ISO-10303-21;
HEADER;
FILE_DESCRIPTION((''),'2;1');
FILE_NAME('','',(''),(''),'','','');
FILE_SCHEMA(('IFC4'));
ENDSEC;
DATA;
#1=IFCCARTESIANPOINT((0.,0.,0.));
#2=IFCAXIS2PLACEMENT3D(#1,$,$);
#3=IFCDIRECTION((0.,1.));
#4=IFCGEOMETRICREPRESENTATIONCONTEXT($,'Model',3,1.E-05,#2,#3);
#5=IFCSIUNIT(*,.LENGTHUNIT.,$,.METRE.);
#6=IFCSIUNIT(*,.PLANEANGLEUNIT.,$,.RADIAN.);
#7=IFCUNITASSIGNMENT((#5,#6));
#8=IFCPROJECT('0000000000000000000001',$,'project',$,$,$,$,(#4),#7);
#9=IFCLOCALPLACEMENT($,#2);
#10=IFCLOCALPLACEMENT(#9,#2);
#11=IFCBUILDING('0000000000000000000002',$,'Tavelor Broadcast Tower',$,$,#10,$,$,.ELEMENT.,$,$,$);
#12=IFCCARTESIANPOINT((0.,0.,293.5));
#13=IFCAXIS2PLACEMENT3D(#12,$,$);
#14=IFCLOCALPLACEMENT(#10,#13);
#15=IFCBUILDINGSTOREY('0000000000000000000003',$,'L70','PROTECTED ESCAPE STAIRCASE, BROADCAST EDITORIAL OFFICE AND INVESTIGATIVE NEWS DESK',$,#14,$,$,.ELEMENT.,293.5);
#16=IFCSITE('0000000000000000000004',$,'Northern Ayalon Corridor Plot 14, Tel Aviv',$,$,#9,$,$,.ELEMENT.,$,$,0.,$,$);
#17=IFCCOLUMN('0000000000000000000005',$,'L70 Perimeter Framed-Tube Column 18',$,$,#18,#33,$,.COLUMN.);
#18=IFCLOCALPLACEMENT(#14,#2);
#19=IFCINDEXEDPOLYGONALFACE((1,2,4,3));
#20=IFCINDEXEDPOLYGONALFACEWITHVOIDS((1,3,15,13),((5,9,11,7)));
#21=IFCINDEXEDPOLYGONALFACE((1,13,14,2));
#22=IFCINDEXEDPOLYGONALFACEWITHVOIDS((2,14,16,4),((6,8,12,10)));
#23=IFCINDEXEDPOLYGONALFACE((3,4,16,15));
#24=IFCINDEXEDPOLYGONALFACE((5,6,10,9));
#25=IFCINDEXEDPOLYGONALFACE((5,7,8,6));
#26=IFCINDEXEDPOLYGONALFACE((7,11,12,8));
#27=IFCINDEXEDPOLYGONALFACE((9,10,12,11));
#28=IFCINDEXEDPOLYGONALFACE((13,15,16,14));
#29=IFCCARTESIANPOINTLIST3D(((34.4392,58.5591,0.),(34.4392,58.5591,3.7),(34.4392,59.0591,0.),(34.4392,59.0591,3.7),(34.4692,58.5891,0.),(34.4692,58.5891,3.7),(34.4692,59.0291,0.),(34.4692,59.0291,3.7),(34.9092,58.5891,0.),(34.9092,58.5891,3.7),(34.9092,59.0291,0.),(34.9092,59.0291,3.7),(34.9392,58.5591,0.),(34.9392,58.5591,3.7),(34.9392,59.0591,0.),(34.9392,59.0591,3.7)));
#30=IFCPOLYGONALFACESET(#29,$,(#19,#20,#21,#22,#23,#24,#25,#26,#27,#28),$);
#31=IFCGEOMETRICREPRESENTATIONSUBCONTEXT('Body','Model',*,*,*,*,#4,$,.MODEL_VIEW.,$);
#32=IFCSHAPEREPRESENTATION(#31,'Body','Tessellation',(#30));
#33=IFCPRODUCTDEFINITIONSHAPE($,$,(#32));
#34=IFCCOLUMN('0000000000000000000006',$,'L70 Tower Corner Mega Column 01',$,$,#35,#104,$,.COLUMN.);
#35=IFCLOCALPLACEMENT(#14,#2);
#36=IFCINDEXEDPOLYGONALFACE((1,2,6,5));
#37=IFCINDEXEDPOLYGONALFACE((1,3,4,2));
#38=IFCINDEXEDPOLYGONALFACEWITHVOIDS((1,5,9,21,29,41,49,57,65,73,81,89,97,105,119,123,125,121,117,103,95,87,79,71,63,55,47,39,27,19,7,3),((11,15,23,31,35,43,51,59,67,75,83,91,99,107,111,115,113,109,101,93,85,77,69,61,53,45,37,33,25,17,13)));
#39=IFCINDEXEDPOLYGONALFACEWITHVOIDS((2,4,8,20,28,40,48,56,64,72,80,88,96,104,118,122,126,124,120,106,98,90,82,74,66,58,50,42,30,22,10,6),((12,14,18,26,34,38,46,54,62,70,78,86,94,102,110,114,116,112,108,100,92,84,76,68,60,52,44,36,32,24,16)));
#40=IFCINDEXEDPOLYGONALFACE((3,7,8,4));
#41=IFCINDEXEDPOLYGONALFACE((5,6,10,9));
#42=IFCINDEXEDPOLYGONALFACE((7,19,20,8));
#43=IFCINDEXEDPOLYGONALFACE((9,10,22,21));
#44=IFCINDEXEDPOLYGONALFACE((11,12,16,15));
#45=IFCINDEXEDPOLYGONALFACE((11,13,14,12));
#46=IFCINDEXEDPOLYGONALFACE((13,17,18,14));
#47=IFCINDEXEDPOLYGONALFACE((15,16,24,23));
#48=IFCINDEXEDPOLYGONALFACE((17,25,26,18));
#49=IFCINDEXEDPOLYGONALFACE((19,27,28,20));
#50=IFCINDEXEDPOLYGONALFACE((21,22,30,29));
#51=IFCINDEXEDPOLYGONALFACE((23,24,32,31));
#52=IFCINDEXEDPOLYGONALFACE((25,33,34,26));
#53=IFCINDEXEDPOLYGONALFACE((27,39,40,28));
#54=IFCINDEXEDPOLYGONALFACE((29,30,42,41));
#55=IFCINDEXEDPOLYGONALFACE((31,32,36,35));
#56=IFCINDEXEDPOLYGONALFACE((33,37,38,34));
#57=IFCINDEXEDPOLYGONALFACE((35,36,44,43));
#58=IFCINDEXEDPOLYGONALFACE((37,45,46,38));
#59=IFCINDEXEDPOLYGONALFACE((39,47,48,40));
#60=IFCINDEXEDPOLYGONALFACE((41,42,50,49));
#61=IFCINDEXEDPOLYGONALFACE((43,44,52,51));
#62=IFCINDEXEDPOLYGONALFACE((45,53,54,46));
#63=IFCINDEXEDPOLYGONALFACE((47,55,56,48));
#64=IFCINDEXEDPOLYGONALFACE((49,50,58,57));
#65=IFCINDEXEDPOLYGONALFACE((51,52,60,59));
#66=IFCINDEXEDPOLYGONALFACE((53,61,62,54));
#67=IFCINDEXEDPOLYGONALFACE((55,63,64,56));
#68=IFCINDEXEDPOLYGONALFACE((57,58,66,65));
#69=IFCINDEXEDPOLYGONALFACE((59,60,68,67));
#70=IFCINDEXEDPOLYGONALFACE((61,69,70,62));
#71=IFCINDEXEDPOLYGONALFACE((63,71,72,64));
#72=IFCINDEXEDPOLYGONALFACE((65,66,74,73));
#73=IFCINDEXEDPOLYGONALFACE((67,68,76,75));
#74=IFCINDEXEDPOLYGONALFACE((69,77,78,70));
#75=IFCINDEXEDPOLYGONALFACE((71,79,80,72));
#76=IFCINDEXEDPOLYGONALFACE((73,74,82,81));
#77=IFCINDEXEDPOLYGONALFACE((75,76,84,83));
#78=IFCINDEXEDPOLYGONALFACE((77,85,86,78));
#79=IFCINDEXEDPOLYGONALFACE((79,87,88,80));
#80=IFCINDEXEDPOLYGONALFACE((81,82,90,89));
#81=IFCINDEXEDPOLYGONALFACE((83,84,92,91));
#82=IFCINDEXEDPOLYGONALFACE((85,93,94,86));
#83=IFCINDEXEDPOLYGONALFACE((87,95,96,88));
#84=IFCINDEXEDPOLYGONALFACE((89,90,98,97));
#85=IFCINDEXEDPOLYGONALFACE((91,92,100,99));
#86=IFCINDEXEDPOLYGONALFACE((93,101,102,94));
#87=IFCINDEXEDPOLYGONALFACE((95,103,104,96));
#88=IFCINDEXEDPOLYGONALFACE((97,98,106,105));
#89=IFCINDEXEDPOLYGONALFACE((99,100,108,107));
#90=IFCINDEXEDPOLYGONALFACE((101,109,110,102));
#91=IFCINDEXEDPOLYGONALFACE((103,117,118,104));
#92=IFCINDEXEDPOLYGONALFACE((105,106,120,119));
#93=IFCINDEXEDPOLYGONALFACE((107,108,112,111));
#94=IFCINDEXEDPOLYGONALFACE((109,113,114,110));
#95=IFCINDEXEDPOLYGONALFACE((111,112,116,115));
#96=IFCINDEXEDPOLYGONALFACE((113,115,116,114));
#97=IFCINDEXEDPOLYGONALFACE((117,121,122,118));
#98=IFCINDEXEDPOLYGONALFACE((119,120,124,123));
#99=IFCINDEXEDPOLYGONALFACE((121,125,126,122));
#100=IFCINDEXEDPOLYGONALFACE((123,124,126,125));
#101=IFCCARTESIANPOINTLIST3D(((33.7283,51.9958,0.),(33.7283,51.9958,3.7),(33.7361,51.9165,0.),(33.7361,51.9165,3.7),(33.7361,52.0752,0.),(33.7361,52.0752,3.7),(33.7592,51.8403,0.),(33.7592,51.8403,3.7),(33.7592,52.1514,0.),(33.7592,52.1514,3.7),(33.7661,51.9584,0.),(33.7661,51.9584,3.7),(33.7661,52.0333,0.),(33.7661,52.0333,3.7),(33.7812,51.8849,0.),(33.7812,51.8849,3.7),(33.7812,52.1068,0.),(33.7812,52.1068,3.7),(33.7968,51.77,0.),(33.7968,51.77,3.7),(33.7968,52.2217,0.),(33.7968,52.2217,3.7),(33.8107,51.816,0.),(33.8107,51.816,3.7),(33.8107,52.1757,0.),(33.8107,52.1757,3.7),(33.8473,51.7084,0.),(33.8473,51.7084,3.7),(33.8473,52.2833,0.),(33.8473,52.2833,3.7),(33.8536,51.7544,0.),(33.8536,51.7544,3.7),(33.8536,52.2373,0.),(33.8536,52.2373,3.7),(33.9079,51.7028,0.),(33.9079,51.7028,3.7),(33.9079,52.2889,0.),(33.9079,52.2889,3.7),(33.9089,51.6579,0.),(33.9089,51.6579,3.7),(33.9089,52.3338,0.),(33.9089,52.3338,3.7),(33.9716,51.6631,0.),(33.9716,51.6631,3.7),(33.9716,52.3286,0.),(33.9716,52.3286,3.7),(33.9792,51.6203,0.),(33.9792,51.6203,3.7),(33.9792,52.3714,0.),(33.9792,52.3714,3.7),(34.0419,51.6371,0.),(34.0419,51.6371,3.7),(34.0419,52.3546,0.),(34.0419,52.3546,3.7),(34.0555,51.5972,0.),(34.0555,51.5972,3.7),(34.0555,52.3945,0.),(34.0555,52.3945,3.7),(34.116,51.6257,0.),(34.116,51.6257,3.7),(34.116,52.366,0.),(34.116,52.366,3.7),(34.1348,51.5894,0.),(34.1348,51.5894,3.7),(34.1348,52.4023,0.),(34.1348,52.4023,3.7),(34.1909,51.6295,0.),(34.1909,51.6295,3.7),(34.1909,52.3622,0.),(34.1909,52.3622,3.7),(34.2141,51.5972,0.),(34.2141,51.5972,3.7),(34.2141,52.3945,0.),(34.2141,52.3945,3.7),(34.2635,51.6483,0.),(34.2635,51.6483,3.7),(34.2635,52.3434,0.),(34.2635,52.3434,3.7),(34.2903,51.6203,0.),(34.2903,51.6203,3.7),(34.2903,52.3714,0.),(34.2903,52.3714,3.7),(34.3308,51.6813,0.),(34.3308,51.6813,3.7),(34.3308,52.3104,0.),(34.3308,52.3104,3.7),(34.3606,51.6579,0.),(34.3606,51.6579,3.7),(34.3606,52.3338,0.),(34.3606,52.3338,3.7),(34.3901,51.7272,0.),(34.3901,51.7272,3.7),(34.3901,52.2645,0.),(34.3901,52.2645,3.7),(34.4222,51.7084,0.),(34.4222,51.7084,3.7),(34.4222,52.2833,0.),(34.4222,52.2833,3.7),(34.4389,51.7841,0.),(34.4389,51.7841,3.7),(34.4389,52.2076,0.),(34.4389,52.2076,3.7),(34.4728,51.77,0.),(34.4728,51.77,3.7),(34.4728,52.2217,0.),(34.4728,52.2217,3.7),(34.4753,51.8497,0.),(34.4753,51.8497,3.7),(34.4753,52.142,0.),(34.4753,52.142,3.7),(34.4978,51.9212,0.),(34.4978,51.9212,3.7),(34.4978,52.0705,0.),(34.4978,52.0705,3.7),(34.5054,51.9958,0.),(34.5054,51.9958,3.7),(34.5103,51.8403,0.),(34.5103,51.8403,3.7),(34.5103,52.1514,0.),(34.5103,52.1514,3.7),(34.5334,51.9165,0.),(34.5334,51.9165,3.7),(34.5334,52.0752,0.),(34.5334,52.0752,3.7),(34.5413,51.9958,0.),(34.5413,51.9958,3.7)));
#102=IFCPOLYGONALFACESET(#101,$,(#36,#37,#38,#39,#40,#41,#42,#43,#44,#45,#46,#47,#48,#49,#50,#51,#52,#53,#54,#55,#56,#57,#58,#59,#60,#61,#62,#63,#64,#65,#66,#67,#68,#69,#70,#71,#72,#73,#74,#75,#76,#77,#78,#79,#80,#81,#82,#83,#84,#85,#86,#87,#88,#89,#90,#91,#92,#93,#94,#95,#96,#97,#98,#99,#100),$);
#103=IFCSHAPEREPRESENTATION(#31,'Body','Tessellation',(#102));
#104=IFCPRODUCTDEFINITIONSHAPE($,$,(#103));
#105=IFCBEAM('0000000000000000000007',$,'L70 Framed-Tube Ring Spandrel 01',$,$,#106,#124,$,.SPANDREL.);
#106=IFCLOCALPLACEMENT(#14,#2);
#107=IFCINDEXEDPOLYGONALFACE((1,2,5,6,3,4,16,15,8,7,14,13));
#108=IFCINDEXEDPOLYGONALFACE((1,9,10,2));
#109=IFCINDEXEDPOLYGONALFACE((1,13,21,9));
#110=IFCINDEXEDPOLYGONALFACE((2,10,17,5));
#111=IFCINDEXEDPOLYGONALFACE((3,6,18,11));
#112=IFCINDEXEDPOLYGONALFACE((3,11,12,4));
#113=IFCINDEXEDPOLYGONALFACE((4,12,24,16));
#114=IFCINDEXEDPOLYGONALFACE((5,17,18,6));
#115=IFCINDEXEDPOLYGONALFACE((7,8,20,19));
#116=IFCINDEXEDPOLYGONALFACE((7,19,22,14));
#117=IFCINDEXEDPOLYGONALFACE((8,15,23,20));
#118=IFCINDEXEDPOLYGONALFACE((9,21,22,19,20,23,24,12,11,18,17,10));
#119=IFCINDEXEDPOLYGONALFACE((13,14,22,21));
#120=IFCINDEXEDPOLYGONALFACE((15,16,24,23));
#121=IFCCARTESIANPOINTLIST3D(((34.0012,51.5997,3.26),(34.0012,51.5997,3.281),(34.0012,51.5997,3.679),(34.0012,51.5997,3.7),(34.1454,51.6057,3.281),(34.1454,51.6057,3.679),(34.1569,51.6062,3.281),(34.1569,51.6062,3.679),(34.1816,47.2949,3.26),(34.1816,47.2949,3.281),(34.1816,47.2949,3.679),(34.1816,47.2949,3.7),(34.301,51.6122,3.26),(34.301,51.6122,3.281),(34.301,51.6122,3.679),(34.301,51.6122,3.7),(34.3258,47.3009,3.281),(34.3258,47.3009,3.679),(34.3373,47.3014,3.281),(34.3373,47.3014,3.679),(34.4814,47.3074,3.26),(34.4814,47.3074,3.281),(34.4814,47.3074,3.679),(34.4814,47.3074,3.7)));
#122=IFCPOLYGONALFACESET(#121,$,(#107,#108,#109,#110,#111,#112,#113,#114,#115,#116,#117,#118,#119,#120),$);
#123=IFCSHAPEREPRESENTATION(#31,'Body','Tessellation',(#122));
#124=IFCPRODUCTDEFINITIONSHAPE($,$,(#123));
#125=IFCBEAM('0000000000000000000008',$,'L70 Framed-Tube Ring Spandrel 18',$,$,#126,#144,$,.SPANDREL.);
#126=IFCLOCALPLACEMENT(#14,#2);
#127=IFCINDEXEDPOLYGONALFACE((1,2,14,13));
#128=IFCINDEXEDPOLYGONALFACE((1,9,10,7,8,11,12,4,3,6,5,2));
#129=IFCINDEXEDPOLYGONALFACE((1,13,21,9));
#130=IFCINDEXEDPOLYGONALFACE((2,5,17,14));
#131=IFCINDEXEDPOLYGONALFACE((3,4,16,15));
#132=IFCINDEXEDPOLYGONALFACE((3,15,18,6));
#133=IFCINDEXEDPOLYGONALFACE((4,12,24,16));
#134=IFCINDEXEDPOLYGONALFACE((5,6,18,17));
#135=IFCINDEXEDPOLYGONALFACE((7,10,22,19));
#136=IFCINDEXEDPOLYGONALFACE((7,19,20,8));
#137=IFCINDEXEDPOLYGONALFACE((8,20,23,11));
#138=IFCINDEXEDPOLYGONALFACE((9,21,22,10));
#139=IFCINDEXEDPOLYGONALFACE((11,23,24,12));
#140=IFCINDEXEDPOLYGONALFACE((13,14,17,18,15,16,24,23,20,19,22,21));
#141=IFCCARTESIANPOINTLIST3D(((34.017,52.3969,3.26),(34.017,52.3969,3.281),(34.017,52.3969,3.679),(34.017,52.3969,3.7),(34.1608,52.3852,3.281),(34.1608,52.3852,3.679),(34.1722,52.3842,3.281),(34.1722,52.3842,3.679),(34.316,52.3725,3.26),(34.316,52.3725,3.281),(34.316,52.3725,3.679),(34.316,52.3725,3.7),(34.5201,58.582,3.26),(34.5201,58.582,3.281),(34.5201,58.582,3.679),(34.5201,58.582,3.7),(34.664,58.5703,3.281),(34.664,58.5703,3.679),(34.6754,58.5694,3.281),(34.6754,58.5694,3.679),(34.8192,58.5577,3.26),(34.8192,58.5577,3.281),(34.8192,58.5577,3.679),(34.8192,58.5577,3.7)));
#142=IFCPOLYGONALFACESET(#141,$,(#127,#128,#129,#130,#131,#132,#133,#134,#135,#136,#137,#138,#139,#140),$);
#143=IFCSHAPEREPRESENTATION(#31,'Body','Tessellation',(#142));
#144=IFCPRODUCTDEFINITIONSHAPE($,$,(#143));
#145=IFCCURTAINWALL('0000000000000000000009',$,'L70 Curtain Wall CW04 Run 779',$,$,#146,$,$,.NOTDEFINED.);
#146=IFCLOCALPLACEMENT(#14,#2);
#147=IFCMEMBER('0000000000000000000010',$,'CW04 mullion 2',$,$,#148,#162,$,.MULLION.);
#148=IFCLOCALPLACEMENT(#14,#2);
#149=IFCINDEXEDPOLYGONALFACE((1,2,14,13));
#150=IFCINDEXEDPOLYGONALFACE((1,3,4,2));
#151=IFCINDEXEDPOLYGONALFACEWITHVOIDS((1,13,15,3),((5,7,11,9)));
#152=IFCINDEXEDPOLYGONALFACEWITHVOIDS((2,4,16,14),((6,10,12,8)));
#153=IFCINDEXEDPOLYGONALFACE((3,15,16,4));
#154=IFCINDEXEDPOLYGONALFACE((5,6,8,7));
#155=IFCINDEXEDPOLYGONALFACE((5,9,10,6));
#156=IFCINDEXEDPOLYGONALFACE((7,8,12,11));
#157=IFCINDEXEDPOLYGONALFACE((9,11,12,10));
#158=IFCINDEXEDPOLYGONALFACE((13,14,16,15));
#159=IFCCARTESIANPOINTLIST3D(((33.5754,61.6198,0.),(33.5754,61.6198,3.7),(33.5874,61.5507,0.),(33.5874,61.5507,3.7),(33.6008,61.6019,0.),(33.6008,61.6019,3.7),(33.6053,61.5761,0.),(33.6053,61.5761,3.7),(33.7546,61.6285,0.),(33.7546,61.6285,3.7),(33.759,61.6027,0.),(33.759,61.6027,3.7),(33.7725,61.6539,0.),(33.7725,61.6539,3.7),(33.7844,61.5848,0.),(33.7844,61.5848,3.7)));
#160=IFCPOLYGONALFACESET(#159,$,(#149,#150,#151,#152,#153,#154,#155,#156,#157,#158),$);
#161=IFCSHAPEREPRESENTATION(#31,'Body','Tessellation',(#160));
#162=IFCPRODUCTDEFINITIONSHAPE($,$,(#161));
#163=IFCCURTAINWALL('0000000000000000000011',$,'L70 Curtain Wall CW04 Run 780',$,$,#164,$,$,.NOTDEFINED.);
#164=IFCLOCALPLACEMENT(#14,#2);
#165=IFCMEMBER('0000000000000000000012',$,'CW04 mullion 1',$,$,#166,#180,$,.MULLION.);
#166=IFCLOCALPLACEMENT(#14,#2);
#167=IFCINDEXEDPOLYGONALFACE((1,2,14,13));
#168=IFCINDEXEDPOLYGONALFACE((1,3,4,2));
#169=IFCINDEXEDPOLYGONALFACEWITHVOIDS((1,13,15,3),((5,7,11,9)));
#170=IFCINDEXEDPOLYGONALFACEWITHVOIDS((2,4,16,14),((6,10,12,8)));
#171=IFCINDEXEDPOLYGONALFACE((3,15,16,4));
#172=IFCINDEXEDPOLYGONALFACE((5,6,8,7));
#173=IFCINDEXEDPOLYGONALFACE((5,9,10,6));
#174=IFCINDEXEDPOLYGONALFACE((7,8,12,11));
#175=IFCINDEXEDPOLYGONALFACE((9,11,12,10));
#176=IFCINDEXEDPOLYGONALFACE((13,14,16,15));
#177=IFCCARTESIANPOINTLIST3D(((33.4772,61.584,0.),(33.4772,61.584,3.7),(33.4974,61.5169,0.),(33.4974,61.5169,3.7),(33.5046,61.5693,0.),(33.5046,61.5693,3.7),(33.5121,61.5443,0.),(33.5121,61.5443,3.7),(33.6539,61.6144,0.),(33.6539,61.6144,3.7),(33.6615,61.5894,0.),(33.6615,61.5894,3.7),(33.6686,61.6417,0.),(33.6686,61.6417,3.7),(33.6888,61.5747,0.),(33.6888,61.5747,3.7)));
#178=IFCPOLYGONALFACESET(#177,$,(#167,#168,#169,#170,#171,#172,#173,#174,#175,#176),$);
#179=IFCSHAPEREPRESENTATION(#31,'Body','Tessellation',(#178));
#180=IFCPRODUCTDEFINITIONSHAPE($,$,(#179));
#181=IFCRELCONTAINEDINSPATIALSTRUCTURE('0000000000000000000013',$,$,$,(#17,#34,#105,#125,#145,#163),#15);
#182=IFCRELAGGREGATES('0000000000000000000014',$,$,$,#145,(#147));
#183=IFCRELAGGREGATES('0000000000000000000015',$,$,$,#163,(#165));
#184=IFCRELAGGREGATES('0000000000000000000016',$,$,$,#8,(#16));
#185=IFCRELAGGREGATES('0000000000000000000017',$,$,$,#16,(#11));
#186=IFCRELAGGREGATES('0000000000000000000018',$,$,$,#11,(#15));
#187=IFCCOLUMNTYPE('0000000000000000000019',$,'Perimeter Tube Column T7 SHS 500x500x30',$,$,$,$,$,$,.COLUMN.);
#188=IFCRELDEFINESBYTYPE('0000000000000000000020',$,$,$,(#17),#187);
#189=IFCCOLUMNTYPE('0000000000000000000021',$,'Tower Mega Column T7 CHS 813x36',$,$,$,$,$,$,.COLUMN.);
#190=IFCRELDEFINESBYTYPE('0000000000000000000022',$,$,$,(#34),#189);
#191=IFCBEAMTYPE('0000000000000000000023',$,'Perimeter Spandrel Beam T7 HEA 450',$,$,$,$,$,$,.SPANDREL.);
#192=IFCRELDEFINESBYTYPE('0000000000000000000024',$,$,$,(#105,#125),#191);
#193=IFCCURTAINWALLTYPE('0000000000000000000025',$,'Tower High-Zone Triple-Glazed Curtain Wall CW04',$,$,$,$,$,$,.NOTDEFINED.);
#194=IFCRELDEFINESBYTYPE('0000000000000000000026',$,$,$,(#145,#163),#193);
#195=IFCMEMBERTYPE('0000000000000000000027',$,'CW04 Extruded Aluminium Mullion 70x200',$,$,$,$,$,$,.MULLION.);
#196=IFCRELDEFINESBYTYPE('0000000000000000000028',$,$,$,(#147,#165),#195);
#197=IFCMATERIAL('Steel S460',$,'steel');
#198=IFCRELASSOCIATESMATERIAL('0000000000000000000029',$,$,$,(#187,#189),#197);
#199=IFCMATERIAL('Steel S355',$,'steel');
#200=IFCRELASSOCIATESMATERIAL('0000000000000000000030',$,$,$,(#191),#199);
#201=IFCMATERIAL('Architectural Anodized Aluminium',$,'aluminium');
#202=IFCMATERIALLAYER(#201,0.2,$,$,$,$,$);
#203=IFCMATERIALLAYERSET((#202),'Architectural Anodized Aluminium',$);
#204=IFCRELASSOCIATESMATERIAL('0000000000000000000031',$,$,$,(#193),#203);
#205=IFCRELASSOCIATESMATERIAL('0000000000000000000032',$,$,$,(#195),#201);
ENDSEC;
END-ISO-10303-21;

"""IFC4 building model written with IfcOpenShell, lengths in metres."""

from ifc_helpers import new_model, si_unit, direction, frame, origin, origin_2d, place, context, subcontext, project, spatial, hollow_rectangle, hollow_circle, i_section, extrude, source, transform, mapped, material, layer, layer_set, material_profile, profile_set, type_object, type_shapes, element, aggregate, save


model = new_model("IFC4")

# Units and contexts
model_context = context("Model", 3, precision=1e-05, world=origin(), true_north=direction((0.0, 1.0)))
body_context = subcontext(model_context, "Body", "Model", "MODEL_VIEW")
ifc_project = project(units=[si_unit("LENGTHUNIT", "METRE"), si_unit("PLANEANGLEUNIT", "RADIAN")], contexts=[model_context])

# Site, building, storey
site_placement = place(None, origin())
site = spatial("IfcSite", under=ifc_project, at=site_placement, Name="Northern Ayalon Corridor Plot 14, Tel Aviv", CompositionType="ELEMENT", RefElevation=0.0)
building_placement = place(site_placement, origin())
building = spatial("IfcBuilding", under=site, at=building_placement, Name="Tavelor Broadcast Tower", CompositionType="ELEMENT")
storey_placement = place(building_placement, frame((0.0, 0.0, 293.5)))
storey = spatial("IfcBuildingStorey", under=building, at=storey_placement, Name="L70", Description="PROTECTED ESCAPE STAIRCASE, BROADCAST EDITORIAL OFFICE AND INVESTIGATIVE NEWS DESK", CompositionType="ELEMENT", Elevation=293.5)

# Columns
ifc_material_1 = material(Name="Steel S460", Category="steel")
ifc_material_profile_1 = material_profile(ifc_material_1, hollow_rectangle(XDim=0.5, YDim=0.5, WallThickness=0.03, at=origin_2d()), Name="SHS 500x500x30")
ifc_profile_set_1 = profile_set([ifc_material_profile_1], Name="Steel S460")
column_type_1 = type_object("IfcColumnType", Name="Perimeter Tube Column T7 SHS 500x500x30", PredefinedType="COLUMN", material=ifc_profile_set_1)
column_1_placement = place(storey_placement, frame((34.6892, 58.8091, 0.0), z_axis=(0.0, 0.0, 1.0), x_axis=(1.0, 0.0, 0.0)))
element("IfcColumn", 1, at=column_1_placement, inside=storey, type_object=column_type_1, Name="L70 Perimeter Framed-Tube Column 18", PredefinedType="COLUMN", context=body_context, shape_type="SweptSolid", body=[
    extrude(hollow_rectangle(XDim=0.5, YDim=0.5, WallThickness=0.03, at=origin_2d()), origin(), (0.0, 0.0, 1.0), 3.7),
])
ifc_material_profile_2 = material_profile(ifc_material_1, hollow_circle(Radius=0.4065, WallThickness=0.0359, at=origin_2d()), Name="CHS 813x36")
ifc_profile_set_2 = profile_set([ifc_material_profile_2], Name="Steel S460")
column_type_2 = type_object("IfcColumnType", Name="Tower Mega Column T7 CHS 813x36", PredefinedType="COLUMN", material=ifc_profile_set_2)
column_2_placement = place(storey_placement, frame((34.1348, 51.9958, 0.0), z_axis=(0.0, 0.0, 1.0), x_axis=(1.0, 0.0, 0.0)))
element("IfcColumn", 2, at=column_2_placement, inside=storey, type_object=column_type_2, Name="L70 Tower Corner Mega Column 01", PredefinedType="COLUMN", context=body_context, shape_type="SweptSolid", body=[
    extrude(hollow_circle(Radius=0.4065, WallThickness=0.0359, at=origin_2d()), origin(), (0.0, 0.0, 1.0), 3.7),
])

# Beams
ifc_material_2 = material(Name="Steel S355", Category="steel")
ifc_material_profile_3 = material_profile(ifc_material_2, i_section(OverallWidth=0.3, OverallDepth=0.4399, WebThickness=0.0115, FlangeThickness=0.021, at=origin_2d()), Name="HEA 450")
ifc_profile_set_3 = profile_set([ifc_material_profile_3], Name="Steel S355")
beam_type = type_object("IfcBeamType", Name="Perimeter Spandrel Beam T7 HEA 450", PredefinedType="SPANDREL", material=ifc_profile_set_3)
beam_1_placement = place(storey_placement, frame((34.1511, 51.606, 3.48), z_axis=(0.041873, -0.999123, 0.0), x_axis=(0.999123, 0.041873, 0.0)))
element("IfcBeam", 3, at=beam_1_placement, inside=storey, type_object=beam_type, Name="L70 Framed-Tube Ring Spandrel 01", PredefinedType="SPANDREL", context=body_context, shape_type="SweptSolid", body=[
    extrude(i_section(OverallWidth=0.3, OverallDepth=0.4399, WebThickness=0.0115, FlangeThickness=0.021, at=origin_2d()), origin(), (0.0, 0.0, 1.0), 4.3086),
])
beam_2_placement = place(storey_placement, frame((34.6697, 58.5698, 3.48), z_axis=(-0.081085, -0.996707, 0.0), x_axis=(0.996707, -0.081085, 0.0)))
element("IfcBeam", 4, at=beam_2_placement, inside=storey, type_object=beam_type, Name="L70 Framed-Tube Ring Spandrel 18", PredefinedType="SPANDREL", context=body_context, shape_type="SweptSolid", body=[
    extrude(i_section(OverallWidth=0.3, OverallDepth=0.4399, WebThickness=0.0115, FlangeThickness=0.021, at=origin_2d()), origin(), (0.0, 0.0, 1.0), 6.2056),
])

# Curtain wall, member
ifc_material_3 = material(Name="Architectural Anodized Aluminium", Category="aluminium")
ifc_layer_1 = layer(ifc_material_3, 0.2)
ifc_layer_set_1 = layer_set([ifc_layer_1], Name="Architectural Anodized Aluminium")
curtain_wall_type = type_object("IfcCurtainWallType", Name="Tower High-Zone Triple-Glazed Curtain Wall CW04", PredefinedType="NOTDEFINED", material=ifc_layer_set_1)
curtain_wall_1_placement = place(storey_placement, origin())
curtain_wall_1 = element("IfcCurtainWall", 5, at=curtain_wall_1_placement, inside=storey, type_object=curtain_wall_type, Name="L70 Curtain Wall CW04 Run 779", PredefinedType="NOTDEFINED")
ifc_material_profile_4 = material_profile(ifc_material_3, hollow_rectangle(XDim=0.0701, YDim=0.2, WallThickness=0.022, at=origin_2d()), Name="RHS 70x200x22")
ifc_profile_set_4 = profile_set([ifc_material_profile_4], Name="Architectural Anodized Aluminium")
member_type_1 = type_object("IfcMemberType", Name="CW04 Extruded Aluminium Mullion 70x200", PredefinedType="MULLION", material=ifc_profile_set_4)
shared_shape_1 = source(origin(), body_context, "Body", "SweptSolid", [
    extrude(hollow_rectangle(XDim=0.0701, YDim=0.2, WallThickness=0.022, at=origin_2d()), origin(), (0.0, 0.0, 1.0), 3.7),
])
type_shapes(member_type_1, [shared_shape_1])
member_1_placement = place(storey_placement, frame((33.6799, 61.6023, 0.0), z_axis=(0.0, 0.0, 1.0), x_axis=(0.170634, -0.985334, 0.0)))
member_1 = element("IfcMember", 6, at=member_1_placement, type_object=member_type_1, Name="CW04 mullion 2", PredefinedType="MULLION", context=body_context, shape_type="MappedRepresentation", body=[
    mapped(shared_shape_1, transform((0.0, 0.0, 0.0), scale=1.0)),
])
aggregate(curtain_wall_1, [member_1])

# Curtain wall, member
curtain_wall_2_placement = place(storey_placement, origin())
curtain_wall_2 = element("IfcCurtainWall", 7, at=curtain_wall_2_placement, inside=storey, type_object=curtain_wall_type, Name="L70 Curtain Wall CW04 Run 780", PredefinedType="NOTDEFINED")
member_2_placement = place(storey_placement, frame((33.583, 61.5793, 0.0), z_axis=(0.0, 0.0, 1.0), x_axis=(0.288651, -0.957434, 0.0)))
member_2 = element("IfcMember", 8, at=member_2_placement, type_object=member_type_1, Name="CW04 mullion 1", PredefinedType="MULLION", context=body_context, shape_type="MappedRepresentation", body=[
    mapped(shared_shape_1, transform((0.0, 0.0, 0.0), scale=1.0)),
])

aggregate(curtain_wall_2, [member_2])

save(model, "model.ifc")
